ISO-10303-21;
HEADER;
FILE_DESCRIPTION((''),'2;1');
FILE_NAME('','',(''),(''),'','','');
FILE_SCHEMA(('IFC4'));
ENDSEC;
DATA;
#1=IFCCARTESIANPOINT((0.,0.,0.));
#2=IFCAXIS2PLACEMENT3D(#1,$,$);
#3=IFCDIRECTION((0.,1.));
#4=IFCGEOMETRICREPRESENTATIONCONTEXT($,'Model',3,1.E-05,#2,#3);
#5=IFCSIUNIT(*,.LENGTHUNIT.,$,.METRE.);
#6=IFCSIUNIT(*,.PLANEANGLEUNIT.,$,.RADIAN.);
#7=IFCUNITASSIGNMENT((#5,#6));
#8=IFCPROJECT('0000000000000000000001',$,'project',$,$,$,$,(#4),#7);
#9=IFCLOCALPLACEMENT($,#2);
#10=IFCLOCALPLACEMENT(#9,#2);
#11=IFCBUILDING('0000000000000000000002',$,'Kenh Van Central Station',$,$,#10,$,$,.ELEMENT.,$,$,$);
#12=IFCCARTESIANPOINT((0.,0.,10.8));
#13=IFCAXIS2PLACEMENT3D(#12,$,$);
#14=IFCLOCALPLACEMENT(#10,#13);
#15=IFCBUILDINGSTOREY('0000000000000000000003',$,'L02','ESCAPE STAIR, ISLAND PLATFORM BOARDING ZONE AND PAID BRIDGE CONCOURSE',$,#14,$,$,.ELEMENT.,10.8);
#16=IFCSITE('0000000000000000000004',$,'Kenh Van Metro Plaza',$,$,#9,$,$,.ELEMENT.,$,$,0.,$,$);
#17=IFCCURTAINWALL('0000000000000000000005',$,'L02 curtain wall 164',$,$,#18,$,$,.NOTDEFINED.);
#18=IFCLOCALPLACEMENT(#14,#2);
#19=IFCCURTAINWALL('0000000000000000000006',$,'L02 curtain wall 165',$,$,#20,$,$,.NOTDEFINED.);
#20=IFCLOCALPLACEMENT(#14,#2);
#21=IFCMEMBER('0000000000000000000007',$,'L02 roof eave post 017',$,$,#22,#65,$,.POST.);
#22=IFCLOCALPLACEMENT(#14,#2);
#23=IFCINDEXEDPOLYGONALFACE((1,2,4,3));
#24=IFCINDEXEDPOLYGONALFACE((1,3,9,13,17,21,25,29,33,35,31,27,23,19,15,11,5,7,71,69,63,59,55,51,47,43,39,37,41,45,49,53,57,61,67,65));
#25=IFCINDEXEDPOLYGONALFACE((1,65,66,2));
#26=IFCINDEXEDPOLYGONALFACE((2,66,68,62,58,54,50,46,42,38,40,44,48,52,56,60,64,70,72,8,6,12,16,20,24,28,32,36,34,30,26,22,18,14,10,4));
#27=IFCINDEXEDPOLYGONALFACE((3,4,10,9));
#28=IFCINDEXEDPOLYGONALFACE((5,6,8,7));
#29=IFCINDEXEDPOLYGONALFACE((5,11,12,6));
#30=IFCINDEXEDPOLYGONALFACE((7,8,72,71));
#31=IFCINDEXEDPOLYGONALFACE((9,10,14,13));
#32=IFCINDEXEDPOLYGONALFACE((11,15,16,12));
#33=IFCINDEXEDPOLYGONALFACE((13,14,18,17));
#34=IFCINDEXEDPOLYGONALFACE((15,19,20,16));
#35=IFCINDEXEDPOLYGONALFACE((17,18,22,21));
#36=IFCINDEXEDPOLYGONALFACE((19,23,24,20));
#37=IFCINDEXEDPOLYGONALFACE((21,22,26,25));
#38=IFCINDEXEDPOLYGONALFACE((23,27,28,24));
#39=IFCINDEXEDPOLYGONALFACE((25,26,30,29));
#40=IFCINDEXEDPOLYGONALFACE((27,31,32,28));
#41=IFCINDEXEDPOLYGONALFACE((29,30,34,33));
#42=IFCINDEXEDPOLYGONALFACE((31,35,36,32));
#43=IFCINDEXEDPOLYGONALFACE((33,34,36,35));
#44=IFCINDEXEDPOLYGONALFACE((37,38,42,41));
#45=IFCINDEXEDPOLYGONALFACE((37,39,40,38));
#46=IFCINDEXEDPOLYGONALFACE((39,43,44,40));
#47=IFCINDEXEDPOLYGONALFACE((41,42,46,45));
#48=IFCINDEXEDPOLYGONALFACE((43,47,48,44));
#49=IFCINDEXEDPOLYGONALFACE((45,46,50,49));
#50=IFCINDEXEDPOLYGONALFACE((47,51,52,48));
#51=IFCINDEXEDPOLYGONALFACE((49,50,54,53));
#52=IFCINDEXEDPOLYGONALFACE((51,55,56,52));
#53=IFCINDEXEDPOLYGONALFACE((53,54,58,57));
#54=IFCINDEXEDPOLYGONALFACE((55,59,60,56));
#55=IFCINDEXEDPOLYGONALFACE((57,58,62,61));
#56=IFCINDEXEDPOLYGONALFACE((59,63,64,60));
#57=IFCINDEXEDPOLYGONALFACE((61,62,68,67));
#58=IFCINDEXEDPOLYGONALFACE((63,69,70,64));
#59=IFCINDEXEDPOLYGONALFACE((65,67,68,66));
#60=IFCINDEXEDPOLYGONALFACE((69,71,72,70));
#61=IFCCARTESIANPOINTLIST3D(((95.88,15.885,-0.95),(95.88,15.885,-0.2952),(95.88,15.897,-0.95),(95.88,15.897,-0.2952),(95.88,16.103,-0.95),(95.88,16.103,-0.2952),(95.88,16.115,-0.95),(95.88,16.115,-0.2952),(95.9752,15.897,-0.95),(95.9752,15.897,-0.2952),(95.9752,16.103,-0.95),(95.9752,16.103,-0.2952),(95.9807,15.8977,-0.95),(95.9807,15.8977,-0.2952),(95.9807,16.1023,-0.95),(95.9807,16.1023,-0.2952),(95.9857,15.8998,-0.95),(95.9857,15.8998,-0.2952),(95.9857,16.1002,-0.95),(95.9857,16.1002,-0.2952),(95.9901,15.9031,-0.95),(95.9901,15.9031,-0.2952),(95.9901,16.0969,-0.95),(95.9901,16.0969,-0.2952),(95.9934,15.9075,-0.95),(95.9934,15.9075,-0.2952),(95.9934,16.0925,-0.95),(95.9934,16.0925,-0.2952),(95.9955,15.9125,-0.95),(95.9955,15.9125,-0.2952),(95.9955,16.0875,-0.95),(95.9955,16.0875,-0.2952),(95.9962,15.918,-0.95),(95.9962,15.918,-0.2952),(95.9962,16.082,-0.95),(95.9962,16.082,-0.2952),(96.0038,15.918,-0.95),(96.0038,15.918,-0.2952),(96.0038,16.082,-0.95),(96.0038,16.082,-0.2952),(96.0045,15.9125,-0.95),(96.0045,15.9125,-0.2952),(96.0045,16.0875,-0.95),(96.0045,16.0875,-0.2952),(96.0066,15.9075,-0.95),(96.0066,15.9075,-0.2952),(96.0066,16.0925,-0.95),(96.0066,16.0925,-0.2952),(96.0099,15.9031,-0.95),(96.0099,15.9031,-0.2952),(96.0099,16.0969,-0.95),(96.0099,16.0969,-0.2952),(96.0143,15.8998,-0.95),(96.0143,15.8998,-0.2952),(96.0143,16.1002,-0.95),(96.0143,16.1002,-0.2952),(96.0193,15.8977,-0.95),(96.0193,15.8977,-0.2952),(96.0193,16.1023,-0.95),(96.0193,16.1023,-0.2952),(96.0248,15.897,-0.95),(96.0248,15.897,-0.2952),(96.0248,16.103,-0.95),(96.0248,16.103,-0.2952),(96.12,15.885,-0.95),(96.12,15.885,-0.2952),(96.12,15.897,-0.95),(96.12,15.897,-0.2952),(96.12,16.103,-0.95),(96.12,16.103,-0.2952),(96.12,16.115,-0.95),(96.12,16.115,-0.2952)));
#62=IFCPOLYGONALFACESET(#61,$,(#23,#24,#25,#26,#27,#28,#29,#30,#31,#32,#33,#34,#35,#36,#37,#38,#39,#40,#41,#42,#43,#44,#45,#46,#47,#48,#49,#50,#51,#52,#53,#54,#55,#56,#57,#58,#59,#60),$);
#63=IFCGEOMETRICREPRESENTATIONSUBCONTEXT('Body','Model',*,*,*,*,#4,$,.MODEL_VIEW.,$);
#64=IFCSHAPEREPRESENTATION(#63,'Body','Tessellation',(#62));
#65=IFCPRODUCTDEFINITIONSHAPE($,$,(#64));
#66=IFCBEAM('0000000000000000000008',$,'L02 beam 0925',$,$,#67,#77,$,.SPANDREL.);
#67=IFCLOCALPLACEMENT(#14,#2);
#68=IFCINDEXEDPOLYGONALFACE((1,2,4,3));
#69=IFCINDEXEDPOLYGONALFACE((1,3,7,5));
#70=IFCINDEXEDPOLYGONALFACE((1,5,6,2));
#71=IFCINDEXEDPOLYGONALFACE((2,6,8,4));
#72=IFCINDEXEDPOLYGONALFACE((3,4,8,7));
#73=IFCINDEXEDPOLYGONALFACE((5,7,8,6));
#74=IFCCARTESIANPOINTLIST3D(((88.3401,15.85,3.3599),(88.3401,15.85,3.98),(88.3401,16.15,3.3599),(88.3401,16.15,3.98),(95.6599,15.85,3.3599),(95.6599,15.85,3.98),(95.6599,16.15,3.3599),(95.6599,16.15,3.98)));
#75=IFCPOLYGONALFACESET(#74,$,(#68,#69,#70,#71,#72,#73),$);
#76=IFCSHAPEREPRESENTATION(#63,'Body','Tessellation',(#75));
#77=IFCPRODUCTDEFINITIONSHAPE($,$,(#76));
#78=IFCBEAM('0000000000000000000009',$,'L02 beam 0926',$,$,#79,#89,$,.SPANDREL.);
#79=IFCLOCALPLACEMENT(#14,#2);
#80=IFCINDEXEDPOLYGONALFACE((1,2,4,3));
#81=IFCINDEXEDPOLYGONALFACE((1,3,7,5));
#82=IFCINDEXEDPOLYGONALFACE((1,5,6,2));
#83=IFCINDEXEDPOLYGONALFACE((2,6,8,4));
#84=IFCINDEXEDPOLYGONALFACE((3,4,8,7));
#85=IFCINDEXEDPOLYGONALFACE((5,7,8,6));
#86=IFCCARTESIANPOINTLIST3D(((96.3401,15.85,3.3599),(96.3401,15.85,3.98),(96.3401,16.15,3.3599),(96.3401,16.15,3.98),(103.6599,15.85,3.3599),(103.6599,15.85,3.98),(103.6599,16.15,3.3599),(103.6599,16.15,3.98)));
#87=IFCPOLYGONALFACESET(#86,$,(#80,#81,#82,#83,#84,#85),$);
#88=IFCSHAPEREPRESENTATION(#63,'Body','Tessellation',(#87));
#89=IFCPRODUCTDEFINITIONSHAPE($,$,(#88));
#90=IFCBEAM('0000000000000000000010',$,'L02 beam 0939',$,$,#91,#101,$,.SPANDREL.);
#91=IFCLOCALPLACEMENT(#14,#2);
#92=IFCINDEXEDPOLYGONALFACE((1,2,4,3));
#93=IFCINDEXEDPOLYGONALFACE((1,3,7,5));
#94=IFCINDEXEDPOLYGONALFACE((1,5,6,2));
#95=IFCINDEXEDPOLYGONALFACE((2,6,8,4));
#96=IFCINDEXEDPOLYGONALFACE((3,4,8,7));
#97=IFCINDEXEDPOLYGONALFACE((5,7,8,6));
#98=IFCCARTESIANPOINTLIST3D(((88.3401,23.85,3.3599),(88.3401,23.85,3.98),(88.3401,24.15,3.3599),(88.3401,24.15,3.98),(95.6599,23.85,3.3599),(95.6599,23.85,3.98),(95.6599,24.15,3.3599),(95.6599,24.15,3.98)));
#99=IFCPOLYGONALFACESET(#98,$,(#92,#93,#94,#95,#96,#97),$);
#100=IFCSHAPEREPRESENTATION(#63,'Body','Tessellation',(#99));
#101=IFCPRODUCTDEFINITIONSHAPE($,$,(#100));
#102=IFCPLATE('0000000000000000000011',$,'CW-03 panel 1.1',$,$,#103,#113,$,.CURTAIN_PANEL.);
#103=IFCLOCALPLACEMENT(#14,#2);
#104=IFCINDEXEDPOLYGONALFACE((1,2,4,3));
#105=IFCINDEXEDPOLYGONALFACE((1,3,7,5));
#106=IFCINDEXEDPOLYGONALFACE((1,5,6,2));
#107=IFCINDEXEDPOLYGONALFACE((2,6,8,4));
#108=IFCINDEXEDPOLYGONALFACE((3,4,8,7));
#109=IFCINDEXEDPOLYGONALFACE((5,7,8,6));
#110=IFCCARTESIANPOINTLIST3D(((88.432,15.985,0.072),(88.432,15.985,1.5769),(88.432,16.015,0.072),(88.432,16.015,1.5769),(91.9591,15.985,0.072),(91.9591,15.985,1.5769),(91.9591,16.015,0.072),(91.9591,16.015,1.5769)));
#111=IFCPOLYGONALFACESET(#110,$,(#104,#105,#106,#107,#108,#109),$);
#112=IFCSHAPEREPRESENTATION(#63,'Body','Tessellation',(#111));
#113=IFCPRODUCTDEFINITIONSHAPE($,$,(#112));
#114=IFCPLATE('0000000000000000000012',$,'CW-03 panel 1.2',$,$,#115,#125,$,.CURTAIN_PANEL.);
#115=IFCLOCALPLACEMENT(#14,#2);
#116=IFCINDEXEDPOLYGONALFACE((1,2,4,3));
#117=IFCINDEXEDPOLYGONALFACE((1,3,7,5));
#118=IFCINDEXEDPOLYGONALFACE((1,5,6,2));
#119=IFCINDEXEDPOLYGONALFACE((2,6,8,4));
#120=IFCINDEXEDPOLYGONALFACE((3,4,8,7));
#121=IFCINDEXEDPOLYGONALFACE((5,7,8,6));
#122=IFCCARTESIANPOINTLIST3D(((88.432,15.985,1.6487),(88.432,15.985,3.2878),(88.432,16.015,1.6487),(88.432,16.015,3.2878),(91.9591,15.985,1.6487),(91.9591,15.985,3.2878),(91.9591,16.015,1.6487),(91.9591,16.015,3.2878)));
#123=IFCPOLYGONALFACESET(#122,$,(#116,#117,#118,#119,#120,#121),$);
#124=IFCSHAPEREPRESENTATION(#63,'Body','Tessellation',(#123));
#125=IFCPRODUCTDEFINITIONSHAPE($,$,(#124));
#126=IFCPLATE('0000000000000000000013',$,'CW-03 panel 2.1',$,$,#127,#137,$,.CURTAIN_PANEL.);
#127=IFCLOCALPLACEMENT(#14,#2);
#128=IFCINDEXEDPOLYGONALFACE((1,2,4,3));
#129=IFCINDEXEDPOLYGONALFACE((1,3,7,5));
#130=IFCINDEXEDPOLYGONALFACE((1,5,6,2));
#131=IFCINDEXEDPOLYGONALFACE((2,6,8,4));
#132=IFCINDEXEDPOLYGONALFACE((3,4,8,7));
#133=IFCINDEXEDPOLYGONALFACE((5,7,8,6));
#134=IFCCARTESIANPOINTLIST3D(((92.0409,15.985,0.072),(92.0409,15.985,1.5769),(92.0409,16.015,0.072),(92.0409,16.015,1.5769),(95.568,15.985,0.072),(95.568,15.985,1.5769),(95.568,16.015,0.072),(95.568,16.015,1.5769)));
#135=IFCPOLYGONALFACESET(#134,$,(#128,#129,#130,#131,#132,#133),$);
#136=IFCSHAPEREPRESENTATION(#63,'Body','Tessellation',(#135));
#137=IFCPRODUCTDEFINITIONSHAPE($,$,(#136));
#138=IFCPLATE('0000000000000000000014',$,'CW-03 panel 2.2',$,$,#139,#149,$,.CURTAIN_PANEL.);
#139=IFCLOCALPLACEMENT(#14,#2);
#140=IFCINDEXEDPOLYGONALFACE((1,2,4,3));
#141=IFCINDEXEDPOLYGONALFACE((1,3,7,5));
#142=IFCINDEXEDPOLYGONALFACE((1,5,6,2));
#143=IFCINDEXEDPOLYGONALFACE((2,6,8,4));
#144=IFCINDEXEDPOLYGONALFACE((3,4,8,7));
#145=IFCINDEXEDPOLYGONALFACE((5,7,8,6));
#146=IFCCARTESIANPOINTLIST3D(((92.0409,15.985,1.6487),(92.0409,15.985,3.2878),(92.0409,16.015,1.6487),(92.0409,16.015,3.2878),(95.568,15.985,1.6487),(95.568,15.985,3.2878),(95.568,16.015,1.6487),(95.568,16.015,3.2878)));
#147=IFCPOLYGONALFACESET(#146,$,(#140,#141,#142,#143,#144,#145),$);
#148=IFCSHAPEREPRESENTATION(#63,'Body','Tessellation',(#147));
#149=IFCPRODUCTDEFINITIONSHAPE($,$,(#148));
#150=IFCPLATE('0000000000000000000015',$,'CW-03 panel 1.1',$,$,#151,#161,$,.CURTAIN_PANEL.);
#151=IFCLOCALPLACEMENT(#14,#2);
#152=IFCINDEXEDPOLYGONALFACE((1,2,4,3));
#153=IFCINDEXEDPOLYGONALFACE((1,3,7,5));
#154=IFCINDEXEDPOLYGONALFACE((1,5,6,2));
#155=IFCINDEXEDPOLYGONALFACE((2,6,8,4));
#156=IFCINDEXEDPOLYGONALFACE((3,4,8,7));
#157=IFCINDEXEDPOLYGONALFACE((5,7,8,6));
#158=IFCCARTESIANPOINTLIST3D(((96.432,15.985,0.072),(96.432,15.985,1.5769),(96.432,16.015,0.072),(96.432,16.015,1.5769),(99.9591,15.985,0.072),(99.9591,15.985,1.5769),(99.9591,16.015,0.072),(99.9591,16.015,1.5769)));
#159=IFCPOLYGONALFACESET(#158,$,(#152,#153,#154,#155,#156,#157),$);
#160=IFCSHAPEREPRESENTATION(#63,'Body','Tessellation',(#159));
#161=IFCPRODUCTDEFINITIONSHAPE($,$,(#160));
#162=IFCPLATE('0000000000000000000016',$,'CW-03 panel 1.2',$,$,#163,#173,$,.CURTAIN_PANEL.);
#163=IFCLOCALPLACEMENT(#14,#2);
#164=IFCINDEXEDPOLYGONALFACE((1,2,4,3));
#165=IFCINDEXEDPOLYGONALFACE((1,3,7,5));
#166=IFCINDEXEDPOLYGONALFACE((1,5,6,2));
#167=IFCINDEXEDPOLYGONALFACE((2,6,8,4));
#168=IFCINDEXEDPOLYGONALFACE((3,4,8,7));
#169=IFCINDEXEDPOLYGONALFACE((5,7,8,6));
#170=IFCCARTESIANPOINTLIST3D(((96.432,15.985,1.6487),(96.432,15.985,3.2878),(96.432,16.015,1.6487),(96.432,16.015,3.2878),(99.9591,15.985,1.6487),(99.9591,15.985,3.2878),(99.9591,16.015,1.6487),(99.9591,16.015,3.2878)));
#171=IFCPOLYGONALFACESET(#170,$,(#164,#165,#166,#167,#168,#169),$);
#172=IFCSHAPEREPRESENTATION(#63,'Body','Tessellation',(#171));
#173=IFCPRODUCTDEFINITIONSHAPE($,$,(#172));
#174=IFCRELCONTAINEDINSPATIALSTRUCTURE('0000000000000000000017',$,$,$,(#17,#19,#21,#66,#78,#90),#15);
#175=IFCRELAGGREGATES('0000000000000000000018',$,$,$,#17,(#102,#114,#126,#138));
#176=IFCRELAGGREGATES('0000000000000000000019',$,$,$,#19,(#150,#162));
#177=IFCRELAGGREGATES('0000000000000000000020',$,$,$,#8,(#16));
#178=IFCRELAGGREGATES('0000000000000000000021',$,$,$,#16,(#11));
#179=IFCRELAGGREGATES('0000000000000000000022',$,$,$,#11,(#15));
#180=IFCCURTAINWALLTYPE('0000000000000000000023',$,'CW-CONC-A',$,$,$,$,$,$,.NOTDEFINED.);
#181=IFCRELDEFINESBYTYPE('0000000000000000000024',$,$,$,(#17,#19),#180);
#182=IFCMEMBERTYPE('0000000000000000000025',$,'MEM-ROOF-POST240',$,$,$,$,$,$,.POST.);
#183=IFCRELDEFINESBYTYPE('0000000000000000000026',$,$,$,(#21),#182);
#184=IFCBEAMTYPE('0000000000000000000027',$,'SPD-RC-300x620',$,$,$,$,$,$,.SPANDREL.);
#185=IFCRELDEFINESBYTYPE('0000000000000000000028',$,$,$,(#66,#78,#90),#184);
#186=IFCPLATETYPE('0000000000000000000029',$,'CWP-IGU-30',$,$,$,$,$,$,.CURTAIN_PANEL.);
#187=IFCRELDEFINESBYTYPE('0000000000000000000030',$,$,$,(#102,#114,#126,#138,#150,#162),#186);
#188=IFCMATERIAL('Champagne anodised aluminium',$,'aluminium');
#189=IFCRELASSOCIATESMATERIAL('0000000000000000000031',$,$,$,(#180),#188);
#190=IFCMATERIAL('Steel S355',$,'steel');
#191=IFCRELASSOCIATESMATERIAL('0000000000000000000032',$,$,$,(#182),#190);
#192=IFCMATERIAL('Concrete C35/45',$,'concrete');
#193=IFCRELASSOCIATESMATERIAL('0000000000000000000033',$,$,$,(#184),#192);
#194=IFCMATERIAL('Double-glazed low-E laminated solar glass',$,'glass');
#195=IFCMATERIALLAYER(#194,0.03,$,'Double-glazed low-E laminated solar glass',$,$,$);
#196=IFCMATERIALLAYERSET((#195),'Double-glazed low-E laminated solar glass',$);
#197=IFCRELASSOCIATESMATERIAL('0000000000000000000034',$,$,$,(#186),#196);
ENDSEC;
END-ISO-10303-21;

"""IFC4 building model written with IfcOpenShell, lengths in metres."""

from ifc_helpers import new_model, si_unit, direction, frame, origin, origin_2d, place, context, subcontext, project, spatial, rectangle, i_section, extrude, material, layer, layer_set, material_profile, profile_set, type_object, element, aggregate, save


model = new_model("IFC4")

# Units and contexts
model_context = context("Model", 3, precision=1e-05, world=origin(), true_north=direction((0.0, 1.0)))
body_context = subcontext(model_context, "Body", "Model", "MODEL_VIEW")
ifc_project = project(units=[si_unit("LENGTHUNIT", "METRE"), si_unit("PLANEANGLEUNIT", "RADIAN")], contexts=[model_context])

# Site, building, storey
site_placement = place(None, origin())
site = spatial("IfcSite", under=ifc_project, at=site_placement, Name="Kenh Van Metro Plaza", CompositionType="ELEMENT", RefElevation=0.0)
building_placement = place(site_placement, origin())
building = spatial("IfcBuilding", under=site, at=building_placement, Name="Kenh Van Central Station", CompositionType="ELEMENT")
storey_placement = place(building_placement, frame((0.0, 0.0, 10.8)))
storey = spatial("IfcBuildingStorey", under=building, at=storey_placement, Name="L02", Description="ESCAPE STAIR, ISLAND PLATFORM BOARDING ZONE AND PAID BRIDGE CONCOURSE", CompositionType="ELEMENT", Elevation=10.8)

# Curtain wall
ifc_material_1 = material(Name="Champagne anodised aluminium", Category="aluminium")
curtain_wall_type = type_object("IfcCurtainWallType", Name="CW-CONC-A", PredefinedType="NOTDEFINED", material=ifc_material_1)
curtain_wall_1_placement = place(storey_placement, origin())
curtain_wall_1 = element("IfcCurtainWall", 1, at=curtain_wall_1_placement, inside=storey, type_object=curtain_wall_type, Name="L02 curtain wall 164", PredefinedType="NOTDEFINED")

# Curtain wall
curtain_wall_2_placement = place(storey_placement, origin())
curtain_wall_2 = element("IfcCurtainWall", 2, at=curtain_wall_2_placement, inside=storey, type_object=curtain_wall_type, Name="L02 curtain wall 165", PredefinedType="NOTDEFINED")

# Member
ifc_material_2 = material(Name="Steel S355", Category="steel")
ifc_material_profile_1 = material_profile(ifc_material_2, i_section(OverallWidth=0.24, OverallDepth=0.23, WebThickness=0.0076, FlangeThickness=0.012, FilletRadius=0.021, at=origin_2d()), Name="HEA 240")
ifc_profile_set_1 = profile_set([ifc_material_profile_1], Name="Steel S355")
member_type_1 = type_object("IfcMemberType", Name="MEM-ROOF-POST240", PredefinedType="POST", material=ifc_profile_set_1)
member_1_placement = place(storey_placement, frame((96.0, 16.0, -0.95), z_axis=(0.0, 0.0, 1.0), x_axis=(1.0, 0.0, 0.0)))
element("IfcMember", 3, at=member_1_placement, inside=storey, type_object=member_type_1, Name="L02 roof eave post 017", PredefinedType="POST", context=body_context, shape_type="SweptSolid", body=[
    extrude(i_section(OverallWidth=0.24, OverallDepth=0.23, WebThickness=0.0076, FlangeThickness=0.012, FilletRadius=0.021, at=origin_2d()), origin(), (0.0, 0.0, 1.0), 0.6548),
])

# Beams
ifc_material_3 = material(Name="Concrete C35/45", Category="concrete")
ifc_material_profile_2 = material_profile(ifc_material_3, rectangle(XDim=0.3, YDim=0.6201, at=origin_2d()), Name="RC 300x620")
ifc_profile_set_2 = profile_set([ifc_material_profile_2], Name="Concrete C35/45")
beam_type = type_object("IfcBeamType", Name="SPD-RC-300x620", PredefinedType="SPANDREL", material=ifc_profile_set_2)
for number, where, z_axis, x_axis, name in (
    (4, (88.3401, 16.0, 3.6699), (1.0, 0.0, 0.0), (0.0, 1.0, 0.0), "L02 beam 0925"),
    (5, (96.3401, 16.0, 3.6699), (1.0, 0.0, 0.0), (0.0, 1.0, 0.0), "L02 beam 0926"),
    (6, (88.3401, 24.0, 3.6699), (1.0, 0.0, 0.0), (0.0, 1.0, 0.0), "L02 beam 0939"),
):
    element("IfcBeam", number, at=place(storey_placement, frame(where, z_axis=z_axis, x_axis=x_axis)), inside=storey, type_object=beam_type, Name=name, PredefinedType="SPANDREL", context=body_context, shape_type="SweptSolid", body=[
        extrude(rectangle(XDim=0.3, YDim=0.6201, at=origin_2d()), origin(), (0.0, 0.0, 1.0), 7.3198),
    ])

# Plates
ifc_material_4 = material(Name="Double-glazed low-E laminated solar glass", Category="glass")
ifc_layer_1 = layer(ifc_material_4, 0.03, Name="Double-glazed low-E laminated solar glass")
ifc_layer_set_1 = layer_set([ifc_layer_1], Name="Double-glazed low-E laminated solar glass")
plate_type = type_object("IfcPlateType", Name="CWP-IGU-30", PredefinedType="CURTAIN_PANEL", material=ifc_layer_set_1)
plate_1_placement = place(storey_placement, frame((90.1956, 16.0, 0.072), z_axis=(0.0, 0.0, 1.0), x_axis=(1.0, 0.0, 0.0)))
plate_1 = element("IfcPlate", 7, at=plate_1_placement, type_object=plate_type, Name="CW-03 panel 1.1", PredefinedType="CURTAIN_PANEL", context=body_context, shape_type="SweptSolid", body=[
    extrude(rectangle(XDim=3.5271, YDim=0.03, at=origin_2d()), origin(), (0.0, 0.0, 1.0), 1.5049),
])
plate_2_placement = place(storey_placement, frame((90.1956, 16.0, 1.6487), z_axis=(0.0, 0.0, 1.0), x_axis=(1.0, 0.0, 0.0)))
plate_2 = element("IfcPlate", 8, at=plate_2_placement, type_object=plate_type, Name="CW-03 panel 1.2", PredefinedType="CURTAIN_PANEL", context=body_context, shape_type="SweptSolid", body=[
    extrude(rectangle(XDim=3.5271, YDim=0.03, at=origin_2d()), origin(), (0.0, 0.0, 1.0), 1.6392),
])
plate_3_placement = place(storey_placement, frame((93.8044, 16.0, 0.072), z_axis=(0.0, 0.0, 1.0), x_axis=(1.0, 0.0, 0.0)))
plate_3 = element("IfcPlate", 9, at=plate_3_placement, type_object=plate_type, Name="CW-03 panel 2.1", PredefinedType="CURTAIN_PANEL", context=body_context, shape_type="SweptSolid", body=[
    extrude(rectangle(XDim=3.5271, YDim=0.03, at=origin_2d()), origin(), (0.0, 0.0, 1.0), 1.5049),
])
plate_4_placement = place(storey_placement, frame((93.8044, 16.0, 1.6487), z_axis=(0.0, 0.0, 1.0), x_axis=(1.0, 0.0, 0.0)))
plate_4 = element("IfcPlate", 10, at=plate_4_placement, type_object=plate_type, Name="CW-03 panel 2.2", PredefinedType="CURTAIN_PANEL", context=body_context, shape_type="SweptSolid", body=[
    extrude(rectangle(XDim=3.5271, YDim=0.03, at=origin_2d()), origin(), (0.0, 0.0, 1.0), 1.6392),
])
aggregate(curtain_wall_1, [plate_1, plate_2, plate_3, plate_4])
plate_5_placement = place(storey_placement, frame((98.1956, 16.0, 0.072), z_axis=(0.0, 0.0, 1.0), x_axis=(1.0, 0.0, 0.0)))
plate_5 = element("IfcPlate", 11, at=plate_5_placement, type_object=plate_type, Name="CW-03 panel 1.1", PredefinedType="CURTAIN_PANEL", context=body_context, shape_type="SweptSolid", body=[
    extrude(rectangle(XDim=3.5271, YDim=0.03, at=origin_2d()), origin(), (0.0, 0.0, 1.0), 1.5049),
])
plate_6_placement = place(storey_placement, frame((98.1956, 16.0, 1.6487), z_axis=(0.0, 0.0, 1.0), x_axis=(1.0, 0.0, 0.0)))
plate_6 = element("IfcPlate", 12, at=plate_6_placement, type_object=plate_type, Name="CW-03 panel 1.2", PredefinedType="CURTAIN_PANEL", context=body_context, shape_type="SweptSolid", body=[
    extrude(rectangle(XDim=3.5271, YDim=0.03, at=origin_2d()), origin(), (0.0, 0.0, 1.0), 1.6392),
])
aggregate(curtain_wall_2, [plate_5, plate_6])

save(model, "model.ifc")
